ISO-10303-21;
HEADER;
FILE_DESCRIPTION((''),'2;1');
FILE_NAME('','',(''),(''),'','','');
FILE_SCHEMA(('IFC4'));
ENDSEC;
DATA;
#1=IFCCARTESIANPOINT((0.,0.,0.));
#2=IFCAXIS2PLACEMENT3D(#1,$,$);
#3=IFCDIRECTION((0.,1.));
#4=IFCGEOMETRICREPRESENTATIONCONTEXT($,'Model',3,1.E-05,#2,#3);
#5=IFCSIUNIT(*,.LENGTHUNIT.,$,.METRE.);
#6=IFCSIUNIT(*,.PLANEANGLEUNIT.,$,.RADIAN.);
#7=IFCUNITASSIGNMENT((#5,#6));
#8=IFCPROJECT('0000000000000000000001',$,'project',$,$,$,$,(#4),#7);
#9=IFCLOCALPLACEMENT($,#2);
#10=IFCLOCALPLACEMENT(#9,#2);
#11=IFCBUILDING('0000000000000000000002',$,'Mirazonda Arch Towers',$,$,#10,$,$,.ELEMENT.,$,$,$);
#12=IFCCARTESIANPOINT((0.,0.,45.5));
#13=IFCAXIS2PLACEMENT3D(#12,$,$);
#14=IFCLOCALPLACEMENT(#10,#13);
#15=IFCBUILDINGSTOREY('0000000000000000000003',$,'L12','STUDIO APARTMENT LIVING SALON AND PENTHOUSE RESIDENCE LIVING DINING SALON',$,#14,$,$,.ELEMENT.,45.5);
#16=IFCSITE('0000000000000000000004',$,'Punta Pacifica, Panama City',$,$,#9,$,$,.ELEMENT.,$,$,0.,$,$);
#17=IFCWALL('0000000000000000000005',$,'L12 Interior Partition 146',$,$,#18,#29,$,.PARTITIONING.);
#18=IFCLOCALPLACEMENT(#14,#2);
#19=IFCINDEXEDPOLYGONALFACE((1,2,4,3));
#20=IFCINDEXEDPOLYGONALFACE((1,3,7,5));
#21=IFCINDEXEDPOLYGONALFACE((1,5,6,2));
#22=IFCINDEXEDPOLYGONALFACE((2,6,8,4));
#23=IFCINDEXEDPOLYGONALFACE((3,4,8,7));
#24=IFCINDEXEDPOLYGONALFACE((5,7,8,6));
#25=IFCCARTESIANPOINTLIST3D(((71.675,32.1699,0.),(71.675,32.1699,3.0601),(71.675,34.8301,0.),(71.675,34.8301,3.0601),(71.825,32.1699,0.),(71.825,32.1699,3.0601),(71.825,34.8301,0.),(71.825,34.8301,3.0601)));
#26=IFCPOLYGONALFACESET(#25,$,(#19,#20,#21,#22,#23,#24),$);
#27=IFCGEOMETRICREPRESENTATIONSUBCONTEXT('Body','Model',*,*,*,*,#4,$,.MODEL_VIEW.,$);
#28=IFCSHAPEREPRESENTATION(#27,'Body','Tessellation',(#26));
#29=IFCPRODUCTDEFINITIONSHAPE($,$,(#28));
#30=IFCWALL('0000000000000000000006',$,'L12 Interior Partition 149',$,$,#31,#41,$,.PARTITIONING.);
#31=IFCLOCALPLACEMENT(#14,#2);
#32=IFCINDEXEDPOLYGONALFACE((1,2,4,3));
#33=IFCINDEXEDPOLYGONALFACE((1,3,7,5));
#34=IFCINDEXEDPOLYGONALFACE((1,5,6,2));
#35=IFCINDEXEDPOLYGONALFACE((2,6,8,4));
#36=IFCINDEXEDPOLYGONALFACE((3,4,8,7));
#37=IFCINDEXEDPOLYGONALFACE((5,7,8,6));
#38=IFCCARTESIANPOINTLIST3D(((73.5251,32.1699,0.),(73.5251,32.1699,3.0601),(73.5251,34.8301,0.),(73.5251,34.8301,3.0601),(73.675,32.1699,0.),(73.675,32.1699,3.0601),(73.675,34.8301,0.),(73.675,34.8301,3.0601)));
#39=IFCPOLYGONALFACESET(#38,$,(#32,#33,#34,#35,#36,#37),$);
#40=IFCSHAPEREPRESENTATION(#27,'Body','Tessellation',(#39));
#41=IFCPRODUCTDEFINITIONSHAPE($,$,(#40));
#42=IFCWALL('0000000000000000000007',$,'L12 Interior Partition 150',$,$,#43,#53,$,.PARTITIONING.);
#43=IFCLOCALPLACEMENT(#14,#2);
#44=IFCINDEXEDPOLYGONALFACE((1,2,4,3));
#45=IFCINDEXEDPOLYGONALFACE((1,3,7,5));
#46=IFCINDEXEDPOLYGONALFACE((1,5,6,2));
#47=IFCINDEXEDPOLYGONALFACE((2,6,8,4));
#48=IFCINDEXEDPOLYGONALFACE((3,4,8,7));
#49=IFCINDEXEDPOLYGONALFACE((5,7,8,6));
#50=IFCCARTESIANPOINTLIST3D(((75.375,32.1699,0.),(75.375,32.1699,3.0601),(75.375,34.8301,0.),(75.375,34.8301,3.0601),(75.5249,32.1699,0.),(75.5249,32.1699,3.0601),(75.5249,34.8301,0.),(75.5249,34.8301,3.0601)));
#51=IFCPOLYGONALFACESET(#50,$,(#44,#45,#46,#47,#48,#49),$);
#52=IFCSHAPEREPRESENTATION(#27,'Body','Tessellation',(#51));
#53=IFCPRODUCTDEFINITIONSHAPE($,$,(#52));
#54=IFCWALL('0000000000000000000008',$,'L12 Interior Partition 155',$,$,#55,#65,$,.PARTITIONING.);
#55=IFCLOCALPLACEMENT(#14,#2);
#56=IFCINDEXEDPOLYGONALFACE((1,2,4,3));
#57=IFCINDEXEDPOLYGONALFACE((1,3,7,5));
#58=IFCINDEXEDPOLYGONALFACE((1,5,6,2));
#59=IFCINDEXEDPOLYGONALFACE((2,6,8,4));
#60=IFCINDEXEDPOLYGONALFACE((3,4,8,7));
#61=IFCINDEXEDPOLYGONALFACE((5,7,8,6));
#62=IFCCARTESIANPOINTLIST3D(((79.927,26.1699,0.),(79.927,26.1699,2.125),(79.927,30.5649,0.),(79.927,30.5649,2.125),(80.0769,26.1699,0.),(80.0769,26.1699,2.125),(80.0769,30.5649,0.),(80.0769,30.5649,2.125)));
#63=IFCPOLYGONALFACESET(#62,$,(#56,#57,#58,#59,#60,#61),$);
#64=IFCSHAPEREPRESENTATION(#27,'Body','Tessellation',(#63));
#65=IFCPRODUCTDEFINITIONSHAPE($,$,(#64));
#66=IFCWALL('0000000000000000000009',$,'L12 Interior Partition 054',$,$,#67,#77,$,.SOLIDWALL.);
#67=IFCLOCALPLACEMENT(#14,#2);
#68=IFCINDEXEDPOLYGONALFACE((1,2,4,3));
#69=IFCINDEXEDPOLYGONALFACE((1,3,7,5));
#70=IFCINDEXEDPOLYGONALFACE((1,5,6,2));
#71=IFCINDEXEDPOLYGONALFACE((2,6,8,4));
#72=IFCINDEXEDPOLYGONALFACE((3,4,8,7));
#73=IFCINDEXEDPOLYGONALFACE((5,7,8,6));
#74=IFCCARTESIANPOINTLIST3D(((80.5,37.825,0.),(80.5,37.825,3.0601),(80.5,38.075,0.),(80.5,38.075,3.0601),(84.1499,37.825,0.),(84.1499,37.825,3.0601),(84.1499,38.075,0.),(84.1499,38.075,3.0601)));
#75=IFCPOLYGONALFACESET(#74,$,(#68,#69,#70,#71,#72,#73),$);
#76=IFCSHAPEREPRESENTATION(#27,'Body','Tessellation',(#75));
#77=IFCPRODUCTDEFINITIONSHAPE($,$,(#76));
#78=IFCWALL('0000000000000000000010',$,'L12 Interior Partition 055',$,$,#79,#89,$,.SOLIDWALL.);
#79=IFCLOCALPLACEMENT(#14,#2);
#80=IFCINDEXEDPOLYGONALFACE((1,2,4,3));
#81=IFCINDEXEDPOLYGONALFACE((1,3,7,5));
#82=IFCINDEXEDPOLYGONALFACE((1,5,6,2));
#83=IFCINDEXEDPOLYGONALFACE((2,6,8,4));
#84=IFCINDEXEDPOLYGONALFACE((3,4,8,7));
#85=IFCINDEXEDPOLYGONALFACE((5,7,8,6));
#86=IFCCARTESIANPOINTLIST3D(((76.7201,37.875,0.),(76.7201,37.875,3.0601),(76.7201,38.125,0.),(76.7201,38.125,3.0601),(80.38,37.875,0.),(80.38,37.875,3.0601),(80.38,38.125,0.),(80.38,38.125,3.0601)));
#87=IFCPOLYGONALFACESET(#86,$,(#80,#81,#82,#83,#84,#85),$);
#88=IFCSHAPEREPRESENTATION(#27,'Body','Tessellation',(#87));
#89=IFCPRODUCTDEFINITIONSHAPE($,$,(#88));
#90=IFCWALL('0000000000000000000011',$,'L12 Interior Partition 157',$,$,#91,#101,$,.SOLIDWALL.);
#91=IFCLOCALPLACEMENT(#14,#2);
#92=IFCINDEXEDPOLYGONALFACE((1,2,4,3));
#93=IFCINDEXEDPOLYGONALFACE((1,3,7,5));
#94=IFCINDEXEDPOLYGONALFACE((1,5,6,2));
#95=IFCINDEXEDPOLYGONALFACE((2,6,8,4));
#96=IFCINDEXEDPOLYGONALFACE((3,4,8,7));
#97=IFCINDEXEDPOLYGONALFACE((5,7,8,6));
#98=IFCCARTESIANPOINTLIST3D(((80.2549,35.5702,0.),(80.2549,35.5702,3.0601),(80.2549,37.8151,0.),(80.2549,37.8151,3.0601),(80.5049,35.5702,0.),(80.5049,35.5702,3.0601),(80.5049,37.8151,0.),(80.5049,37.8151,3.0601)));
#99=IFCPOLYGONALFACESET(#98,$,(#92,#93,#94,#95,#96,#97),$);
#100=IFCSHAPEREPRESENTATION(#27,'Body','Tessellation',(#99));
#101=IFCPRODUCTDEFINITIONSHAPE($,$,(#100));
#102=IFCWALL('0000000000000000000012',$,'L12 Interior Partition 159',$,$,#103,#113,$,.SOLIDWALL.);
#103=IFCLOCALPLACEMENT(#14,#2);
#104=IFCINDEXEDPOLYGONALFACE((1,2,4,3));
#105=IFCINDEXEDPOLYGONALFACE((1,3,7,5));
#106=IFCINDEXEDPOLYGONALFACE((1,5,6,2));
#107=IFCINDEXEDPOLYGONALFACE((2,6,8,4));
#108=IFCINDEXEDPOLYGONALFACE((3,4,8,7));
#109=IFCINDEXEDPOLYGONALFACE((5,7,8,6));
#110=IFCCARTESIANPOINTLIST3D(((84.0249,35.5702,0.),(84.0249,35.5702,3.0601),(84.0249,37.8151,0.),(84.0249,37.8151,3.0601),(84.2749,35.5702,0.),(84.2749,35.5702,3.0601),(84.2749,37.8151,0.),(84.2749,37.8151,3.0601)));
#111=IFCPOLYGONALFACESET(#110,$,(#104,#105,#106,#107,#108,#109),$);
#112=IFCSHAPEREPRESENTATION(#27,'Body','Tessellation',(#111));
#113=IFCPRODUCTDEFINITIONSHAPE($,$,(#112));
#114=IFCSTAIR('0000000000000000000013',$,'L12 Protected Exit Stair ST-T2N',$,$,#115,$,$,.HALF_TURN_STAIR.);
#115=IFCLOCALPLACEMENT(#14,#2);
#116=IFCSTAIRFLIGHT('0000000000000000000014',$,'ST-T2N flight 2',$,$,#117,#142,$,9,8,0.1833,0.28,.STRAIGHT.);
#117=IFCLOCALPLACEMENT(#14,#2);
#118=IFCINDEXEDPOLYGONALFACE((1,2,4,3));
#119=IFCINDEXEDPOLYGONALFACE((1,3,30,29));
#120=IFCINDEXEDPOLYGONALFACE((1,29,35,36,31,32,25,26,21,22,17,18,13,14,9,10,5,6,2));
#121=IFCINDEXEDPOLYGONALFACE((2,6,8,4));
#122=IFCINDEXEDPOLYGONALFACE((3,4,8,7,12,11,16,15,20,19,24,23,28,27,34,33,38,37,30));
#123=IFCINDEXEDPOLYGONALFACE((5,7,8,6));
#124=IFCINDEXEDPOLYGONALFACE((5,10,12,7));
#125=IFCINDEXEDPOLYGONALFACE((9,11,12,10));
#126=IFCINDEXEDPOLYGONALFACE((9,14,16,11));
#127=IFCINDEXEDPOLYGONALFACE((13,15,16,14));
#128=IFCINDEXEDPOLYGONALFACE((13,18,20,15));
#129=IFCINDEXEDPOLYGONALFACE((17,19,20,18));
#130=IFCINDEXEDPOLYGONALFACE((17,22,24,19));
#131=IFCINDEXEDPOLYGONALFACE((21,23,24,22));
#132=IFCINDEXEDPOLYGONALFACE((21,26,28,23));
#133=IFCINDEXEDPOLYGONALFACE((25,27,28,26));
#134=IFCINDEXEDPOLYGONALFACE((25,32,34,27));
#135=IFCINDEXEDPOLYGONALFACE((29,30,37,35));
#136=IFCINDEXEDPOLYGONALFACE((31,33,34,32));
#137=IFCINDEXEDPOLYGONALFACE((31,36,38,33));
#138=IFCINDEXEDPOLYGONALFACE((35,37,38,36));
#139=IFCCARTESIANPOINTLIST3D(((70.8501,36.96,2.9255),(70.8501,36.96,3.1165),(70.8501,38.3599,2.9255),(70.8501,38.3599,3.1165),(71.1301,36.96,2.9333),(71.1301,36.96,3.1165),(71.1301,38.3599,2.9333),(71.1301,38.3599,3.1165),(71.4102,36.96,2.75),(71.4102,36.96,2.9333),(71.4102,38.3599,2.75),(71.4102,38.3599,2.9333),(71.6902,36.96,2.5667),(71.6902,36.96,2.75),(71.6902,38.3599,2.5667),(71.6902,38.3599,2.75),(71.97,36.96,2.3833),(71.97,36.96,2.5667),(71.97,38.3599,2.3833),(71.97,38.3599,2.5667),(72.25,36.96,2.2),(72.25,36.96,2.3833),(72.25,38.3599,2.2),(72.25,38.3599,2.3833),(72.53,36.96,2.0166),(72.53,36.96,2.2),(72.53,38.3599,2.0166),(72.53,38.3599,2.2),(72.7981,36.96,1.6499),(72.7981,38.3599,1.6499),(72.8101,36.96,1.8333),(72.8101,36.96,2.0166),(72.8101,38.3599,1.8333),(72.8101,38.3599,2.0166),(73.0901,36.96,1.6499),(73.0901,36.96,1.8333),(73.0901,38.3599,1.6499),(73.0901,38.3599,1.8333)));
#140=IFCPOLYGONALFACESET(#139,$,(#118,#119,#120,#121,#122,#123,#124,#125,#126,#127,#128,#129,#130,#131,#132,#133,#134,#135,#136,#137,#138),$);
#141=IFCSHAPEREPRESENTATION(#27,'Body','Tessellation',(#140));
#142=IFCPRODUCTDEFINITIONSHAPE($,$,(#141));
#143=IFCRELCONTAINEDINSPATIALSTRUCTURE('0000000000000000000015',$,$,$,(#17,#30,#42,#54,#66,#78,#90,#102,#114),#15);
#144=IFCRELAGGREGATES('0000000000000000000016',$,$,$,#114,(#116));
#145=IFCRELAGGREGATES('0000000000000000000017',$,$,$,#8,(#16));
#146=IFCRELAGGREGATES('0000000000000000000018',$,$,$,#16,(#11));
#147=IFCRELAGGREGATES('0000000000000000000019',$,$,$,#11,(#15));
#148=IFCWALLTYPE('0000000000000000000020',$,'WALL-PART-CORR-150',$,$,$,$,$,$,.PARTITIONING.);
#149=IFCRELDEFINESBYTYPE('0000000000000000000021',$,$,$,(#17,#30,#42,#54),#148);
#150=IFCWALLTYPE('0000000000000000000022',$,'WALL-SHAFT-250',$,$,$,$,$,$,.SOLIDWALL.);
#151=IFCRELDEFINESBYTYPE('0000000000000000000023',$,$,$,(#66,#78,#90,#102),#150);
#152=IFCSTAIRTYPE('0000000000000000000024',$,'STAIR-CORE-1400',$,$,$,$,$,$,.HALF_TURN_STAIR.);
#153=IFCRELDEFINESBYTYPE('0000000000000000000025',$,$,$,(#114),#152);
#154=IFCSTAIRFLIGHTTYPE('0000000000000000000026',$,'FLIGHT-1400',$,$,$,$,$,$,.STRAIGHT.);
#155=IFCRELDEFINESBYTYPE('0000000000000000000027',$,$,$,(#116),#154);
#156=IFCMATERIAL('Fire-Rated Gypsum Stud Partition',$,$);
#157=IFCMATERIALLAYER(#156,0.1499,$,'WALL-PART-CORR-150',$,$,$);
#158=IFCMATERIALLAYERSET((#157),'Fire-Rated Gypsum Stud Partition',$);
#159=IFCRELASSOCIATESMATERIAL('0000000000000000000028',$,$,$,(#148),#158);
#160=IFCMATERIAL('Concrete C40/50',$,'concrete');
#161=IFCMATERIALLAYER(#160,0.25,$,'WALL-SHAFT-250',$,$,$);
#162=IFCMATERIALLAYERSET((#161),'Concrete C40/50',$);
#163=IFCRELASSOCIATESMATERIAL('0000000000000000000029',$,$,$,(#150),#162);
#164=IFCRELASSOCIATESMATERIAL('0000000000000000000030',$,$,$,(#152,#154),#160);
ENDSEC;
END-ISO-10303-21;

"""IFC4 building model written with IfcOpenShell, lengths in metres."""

from ifc_helpers import new_model, si_unit, direction, frame, frame_2d, origin, place, context, subcontext, project, spatial, polyline, rectangle, outline, extrude, material, layer, layer_set, type_object, element, aggregate, save


model = new_model("IFC4")

# Units and contexts
model_context = context("Model", 3, precision=1e-05, world=origin(), true_north=direction((0.0, 1.0)))
body_context = subcontext(model_context, "Body", "Model", "MODEL_VIEW")
ifc_project = project(units=[si_unit("LENGTHUNIT", "METRE"), si_unit("PLANEANGLEUNIT", "RADIAN")], contexts=[model_context])

# Site, building, storey
site_placement = place(None, origin())
site = spatial("IfcSite", under=ifc_project, at=site_placement, Name="Punta Pacifica, Panama City", CompositionType="ELEMENT", RefElevation=0.0)
building_placement = place(site_placement, origin())
building = spatial("IfcBuilding", under=site, at=building_placement, Name="Mirazonda Arch Towers", CompositionType="ELEMENT")
storey_placement = place(building_placement, frame((0.0, 0.0, 45.5)))
storey = spatial("IfcBuildingStorey", under=building, at=storey_placement, Name="L12", Description="STUDIO APARTMENT LIVING SALON AND PENTHOUSE RESIDENCE LIVING DINING SALON", CompositionType="ELEMENT", Elevation=45.5)

# Shared definitions
ifc_material_1 = material(Name="Concrete C40/50", Category="concrete")

# Walls
ifc_material_2 = material(Name="Fire-Rated Gypsum Stud Partition")
ifc_layer_1 = layer(ifc_material_2, 0.1499, Name="WALL-PART-CORR-150")
ifc_layer_set_1 = layer_set([ifc_layer_1], Name="Fire-Rated Gypsum Stud Partition")
wall_type_1 = type_object("IfcWallType", Name="WALL-PART-CORR-150", PredefinedType="PARTITIONING", material=ifc_layer_set_1)
for number, where, z_axis, x_axis, name in (
    (1, (71.75, 32.1699, 0.0), (0.0, 0.0, 1.0), (0.0, 1.0, 0.0), "L12 Interior Partition 146"),
    (2, (73.6001, 32.1699, 0.0), (0.0, 0.0, 1.0), (0.0, 1.0, 0.0), "L12 Interior Partition 149"),
    (3, (75.45, 32.1699, 0.0), (0.0, 0.0, 1.0), (0.0, 1.0, 0.0), "L12 Interior Partition 150"),
):
    element("IfcWall", number, at=place(storey_placement, frame(where, z_axis=z_axis, x_axis=x_axis)), inside=storey, type_object=wall_type_1, Name=name, PredefinedType="PARTITIONING", context=body_context, shape_type="SweptSolid", body=[
        extrude(rectangle(XDim=2.6602, YDim=0.1499, at=frame_2d((1.3301, 0.0))), origin(), (0.0, 0.0, 1.0), 3.0601),
    ])
wall_1_placement = place(storey_placement, frame((80.002, 26.1699, 0.0), z_axis=(0.0, 0.0, 1.0), x_axis=(0.0, 1.0, 0.0)))
element("IfcWall", 4, at=wall_1_placement, inside=storey, type_object=wall_type_1, Name="L12 Interior Partition 155", PredefinedType="PARTITIONING", context=body_context, shape_type="SweptSolid", body=[
    extrude(rectangle(XDim=4.395, YDim=0.1499, at=frame_2d((2.1975, 0.0))), origin(), (0.0, 0.0, 1.0), 2.125),
])
ifc_layer_2 = layer(ifc_material_1, 0.25, Name="WALL-SHAFT-250")
ifc_layer_set_2 = layer_set([ifc_layer_2], Name="Concrete C40/50")
wall_type_2 = type_object("IfcWallType", Name="WALL-SHAFT-250", PredefinedType="SOLIDWALL", material=ifc_layer_set_2)
wall_2_placement = place(storey_placement, frame((80.5, 37.95, 0.0), z_axis=(0.0, 0.0, 1.0), x_axis=(1.0, 0.0, 0.0)))
element("IfcWall", 5, at=wall_2_placement, inside=storey, type_object=wall_type_2, Name="L12 Interior Partition 054", PredefinedType="SOLIDWALL", context=body_context, shape_type="SweptSolid", body=[
    extrude(rectangle(XDim=3.6499, YDim=0.25, at=frame_2d((1.825, 0.0))), origin(), (0.0, 0.0, 1.0), 3.0601),
])
wall_3_placement = place(storey_placement, frame((76.72, 38.0, 0.0), z_axis=(0.0, 0.0, 1.0), x_axis=(1.0, 0.0, 0.0)))
element("IfcWall", 6, at=wall_3_placement, inside=storey, type_object=wall_type_2, Name="L12 Interior Partition 055", PredefinedType="SOLIDWALL", context=body_context, shape_type="SweptSolid", body=[
    extrude(rectangle(XDim=3.6599, YDim=0.25, at=frame_2d((1.8301, 0.0))), origin(), (0.0, 0.0, 1.0), 3.0601),
])
for number, where, z_axis, x_axis, name in (
    (7, (80.3799, 35.5701, 0.0), (0.0, 0.0, 1.0), (0.0, 1.0, 0.0), "L12 Interior Partition 157"),
    (8, (84.1499, 35.5701, 0.0), (0.0, 0.0, 1.0), (0.0, 1.0, 0.0), "L12 Interior Partition 159"),
):
    element("IfcWall", number, at=place(storey_placement, frame(where, z_axis=z_axis, x_axis=x_axis)), inside=storey, type_object=wall_type_2, Name=name, PredefinedType="SOLIDWALL", context=body_context, shape_type="SweptSolid", body=[
        extrude(rectangle(XDim=2.2449, YDim=0.25, at=frame_2d((1.1226, 0.0))), origin(), (0.0, 0.0, 1.0), 3.0601),
    ])

# Stair, stair flight
stair_type = type_object("IfcStairType", Name="STAIR-CORE-1400", PredefinedType="HALF_TURN_STAIR", material=ifc_material_1)
stair_placement = place(storey_placement, origin())
stair = element("IfcStair", 9, at=stair_placement, inside=storey, type_object=stair_type, Name="L12 Protected Exit Stair ST-T2N", PredefinedType="HALF_TURN_STAIR")
stair_flight_type = type_object("IfcStairFlightType", Name="FLIGHT-1400", PredefinedType="STRAIGHT", material=ifc_material_1)
stair_flight_placement = place(storey_placement, frame((73.0901, 37.6599, 1.6499), z_axis=(0.0, 0.0, 1.0), x_axis=(-1.0, 0.0, 0.0)))
stair_flight = element("IfcStairFlight", 10, at=stair_flight_placement, type_object=stair_flight_type, Name="ST-T2N flight 2", NumberOfRisers=9, NumberOfTreads=8, PredefinedType="STRAIGHT", RiserHeight=0.1833, TreadLength=0.28, context=body_context, shape_type="SweptSolid", body=[
    extrude(outline(polyline([(0.0, 0.0), (0.0, 0.1833), (0.28, 0.1833), (0.28, 0.3667), (0.5601, 0.3667), (0.5601, 0.55), (0.8401, 0.55), (0.8401, 0.7334), (1.1201, 0.7334), (1.1201, 0.9167), (1.3999, 0.9167), (1.3999, 1.1001), (1.6799, 1.1001), (1.6799, 1.2834), (1.96, 1.2834), (1.96, 1.4666), (2.24, 1.4666), (2.24, 1.6499), (2.24, 1.2756), (0.292, 0.0), (0.0, 0.0)])), frame((0.0, 0.7, 0.0), z_axis=(0.0, -1.0, 0.0), x_axis=(1.0, 0.0, 0.0)), (0.0, 0.0, 1.0), 1.3999),
])
aggregate(stair, [stair_flight])

save(model, "model.ifc")
